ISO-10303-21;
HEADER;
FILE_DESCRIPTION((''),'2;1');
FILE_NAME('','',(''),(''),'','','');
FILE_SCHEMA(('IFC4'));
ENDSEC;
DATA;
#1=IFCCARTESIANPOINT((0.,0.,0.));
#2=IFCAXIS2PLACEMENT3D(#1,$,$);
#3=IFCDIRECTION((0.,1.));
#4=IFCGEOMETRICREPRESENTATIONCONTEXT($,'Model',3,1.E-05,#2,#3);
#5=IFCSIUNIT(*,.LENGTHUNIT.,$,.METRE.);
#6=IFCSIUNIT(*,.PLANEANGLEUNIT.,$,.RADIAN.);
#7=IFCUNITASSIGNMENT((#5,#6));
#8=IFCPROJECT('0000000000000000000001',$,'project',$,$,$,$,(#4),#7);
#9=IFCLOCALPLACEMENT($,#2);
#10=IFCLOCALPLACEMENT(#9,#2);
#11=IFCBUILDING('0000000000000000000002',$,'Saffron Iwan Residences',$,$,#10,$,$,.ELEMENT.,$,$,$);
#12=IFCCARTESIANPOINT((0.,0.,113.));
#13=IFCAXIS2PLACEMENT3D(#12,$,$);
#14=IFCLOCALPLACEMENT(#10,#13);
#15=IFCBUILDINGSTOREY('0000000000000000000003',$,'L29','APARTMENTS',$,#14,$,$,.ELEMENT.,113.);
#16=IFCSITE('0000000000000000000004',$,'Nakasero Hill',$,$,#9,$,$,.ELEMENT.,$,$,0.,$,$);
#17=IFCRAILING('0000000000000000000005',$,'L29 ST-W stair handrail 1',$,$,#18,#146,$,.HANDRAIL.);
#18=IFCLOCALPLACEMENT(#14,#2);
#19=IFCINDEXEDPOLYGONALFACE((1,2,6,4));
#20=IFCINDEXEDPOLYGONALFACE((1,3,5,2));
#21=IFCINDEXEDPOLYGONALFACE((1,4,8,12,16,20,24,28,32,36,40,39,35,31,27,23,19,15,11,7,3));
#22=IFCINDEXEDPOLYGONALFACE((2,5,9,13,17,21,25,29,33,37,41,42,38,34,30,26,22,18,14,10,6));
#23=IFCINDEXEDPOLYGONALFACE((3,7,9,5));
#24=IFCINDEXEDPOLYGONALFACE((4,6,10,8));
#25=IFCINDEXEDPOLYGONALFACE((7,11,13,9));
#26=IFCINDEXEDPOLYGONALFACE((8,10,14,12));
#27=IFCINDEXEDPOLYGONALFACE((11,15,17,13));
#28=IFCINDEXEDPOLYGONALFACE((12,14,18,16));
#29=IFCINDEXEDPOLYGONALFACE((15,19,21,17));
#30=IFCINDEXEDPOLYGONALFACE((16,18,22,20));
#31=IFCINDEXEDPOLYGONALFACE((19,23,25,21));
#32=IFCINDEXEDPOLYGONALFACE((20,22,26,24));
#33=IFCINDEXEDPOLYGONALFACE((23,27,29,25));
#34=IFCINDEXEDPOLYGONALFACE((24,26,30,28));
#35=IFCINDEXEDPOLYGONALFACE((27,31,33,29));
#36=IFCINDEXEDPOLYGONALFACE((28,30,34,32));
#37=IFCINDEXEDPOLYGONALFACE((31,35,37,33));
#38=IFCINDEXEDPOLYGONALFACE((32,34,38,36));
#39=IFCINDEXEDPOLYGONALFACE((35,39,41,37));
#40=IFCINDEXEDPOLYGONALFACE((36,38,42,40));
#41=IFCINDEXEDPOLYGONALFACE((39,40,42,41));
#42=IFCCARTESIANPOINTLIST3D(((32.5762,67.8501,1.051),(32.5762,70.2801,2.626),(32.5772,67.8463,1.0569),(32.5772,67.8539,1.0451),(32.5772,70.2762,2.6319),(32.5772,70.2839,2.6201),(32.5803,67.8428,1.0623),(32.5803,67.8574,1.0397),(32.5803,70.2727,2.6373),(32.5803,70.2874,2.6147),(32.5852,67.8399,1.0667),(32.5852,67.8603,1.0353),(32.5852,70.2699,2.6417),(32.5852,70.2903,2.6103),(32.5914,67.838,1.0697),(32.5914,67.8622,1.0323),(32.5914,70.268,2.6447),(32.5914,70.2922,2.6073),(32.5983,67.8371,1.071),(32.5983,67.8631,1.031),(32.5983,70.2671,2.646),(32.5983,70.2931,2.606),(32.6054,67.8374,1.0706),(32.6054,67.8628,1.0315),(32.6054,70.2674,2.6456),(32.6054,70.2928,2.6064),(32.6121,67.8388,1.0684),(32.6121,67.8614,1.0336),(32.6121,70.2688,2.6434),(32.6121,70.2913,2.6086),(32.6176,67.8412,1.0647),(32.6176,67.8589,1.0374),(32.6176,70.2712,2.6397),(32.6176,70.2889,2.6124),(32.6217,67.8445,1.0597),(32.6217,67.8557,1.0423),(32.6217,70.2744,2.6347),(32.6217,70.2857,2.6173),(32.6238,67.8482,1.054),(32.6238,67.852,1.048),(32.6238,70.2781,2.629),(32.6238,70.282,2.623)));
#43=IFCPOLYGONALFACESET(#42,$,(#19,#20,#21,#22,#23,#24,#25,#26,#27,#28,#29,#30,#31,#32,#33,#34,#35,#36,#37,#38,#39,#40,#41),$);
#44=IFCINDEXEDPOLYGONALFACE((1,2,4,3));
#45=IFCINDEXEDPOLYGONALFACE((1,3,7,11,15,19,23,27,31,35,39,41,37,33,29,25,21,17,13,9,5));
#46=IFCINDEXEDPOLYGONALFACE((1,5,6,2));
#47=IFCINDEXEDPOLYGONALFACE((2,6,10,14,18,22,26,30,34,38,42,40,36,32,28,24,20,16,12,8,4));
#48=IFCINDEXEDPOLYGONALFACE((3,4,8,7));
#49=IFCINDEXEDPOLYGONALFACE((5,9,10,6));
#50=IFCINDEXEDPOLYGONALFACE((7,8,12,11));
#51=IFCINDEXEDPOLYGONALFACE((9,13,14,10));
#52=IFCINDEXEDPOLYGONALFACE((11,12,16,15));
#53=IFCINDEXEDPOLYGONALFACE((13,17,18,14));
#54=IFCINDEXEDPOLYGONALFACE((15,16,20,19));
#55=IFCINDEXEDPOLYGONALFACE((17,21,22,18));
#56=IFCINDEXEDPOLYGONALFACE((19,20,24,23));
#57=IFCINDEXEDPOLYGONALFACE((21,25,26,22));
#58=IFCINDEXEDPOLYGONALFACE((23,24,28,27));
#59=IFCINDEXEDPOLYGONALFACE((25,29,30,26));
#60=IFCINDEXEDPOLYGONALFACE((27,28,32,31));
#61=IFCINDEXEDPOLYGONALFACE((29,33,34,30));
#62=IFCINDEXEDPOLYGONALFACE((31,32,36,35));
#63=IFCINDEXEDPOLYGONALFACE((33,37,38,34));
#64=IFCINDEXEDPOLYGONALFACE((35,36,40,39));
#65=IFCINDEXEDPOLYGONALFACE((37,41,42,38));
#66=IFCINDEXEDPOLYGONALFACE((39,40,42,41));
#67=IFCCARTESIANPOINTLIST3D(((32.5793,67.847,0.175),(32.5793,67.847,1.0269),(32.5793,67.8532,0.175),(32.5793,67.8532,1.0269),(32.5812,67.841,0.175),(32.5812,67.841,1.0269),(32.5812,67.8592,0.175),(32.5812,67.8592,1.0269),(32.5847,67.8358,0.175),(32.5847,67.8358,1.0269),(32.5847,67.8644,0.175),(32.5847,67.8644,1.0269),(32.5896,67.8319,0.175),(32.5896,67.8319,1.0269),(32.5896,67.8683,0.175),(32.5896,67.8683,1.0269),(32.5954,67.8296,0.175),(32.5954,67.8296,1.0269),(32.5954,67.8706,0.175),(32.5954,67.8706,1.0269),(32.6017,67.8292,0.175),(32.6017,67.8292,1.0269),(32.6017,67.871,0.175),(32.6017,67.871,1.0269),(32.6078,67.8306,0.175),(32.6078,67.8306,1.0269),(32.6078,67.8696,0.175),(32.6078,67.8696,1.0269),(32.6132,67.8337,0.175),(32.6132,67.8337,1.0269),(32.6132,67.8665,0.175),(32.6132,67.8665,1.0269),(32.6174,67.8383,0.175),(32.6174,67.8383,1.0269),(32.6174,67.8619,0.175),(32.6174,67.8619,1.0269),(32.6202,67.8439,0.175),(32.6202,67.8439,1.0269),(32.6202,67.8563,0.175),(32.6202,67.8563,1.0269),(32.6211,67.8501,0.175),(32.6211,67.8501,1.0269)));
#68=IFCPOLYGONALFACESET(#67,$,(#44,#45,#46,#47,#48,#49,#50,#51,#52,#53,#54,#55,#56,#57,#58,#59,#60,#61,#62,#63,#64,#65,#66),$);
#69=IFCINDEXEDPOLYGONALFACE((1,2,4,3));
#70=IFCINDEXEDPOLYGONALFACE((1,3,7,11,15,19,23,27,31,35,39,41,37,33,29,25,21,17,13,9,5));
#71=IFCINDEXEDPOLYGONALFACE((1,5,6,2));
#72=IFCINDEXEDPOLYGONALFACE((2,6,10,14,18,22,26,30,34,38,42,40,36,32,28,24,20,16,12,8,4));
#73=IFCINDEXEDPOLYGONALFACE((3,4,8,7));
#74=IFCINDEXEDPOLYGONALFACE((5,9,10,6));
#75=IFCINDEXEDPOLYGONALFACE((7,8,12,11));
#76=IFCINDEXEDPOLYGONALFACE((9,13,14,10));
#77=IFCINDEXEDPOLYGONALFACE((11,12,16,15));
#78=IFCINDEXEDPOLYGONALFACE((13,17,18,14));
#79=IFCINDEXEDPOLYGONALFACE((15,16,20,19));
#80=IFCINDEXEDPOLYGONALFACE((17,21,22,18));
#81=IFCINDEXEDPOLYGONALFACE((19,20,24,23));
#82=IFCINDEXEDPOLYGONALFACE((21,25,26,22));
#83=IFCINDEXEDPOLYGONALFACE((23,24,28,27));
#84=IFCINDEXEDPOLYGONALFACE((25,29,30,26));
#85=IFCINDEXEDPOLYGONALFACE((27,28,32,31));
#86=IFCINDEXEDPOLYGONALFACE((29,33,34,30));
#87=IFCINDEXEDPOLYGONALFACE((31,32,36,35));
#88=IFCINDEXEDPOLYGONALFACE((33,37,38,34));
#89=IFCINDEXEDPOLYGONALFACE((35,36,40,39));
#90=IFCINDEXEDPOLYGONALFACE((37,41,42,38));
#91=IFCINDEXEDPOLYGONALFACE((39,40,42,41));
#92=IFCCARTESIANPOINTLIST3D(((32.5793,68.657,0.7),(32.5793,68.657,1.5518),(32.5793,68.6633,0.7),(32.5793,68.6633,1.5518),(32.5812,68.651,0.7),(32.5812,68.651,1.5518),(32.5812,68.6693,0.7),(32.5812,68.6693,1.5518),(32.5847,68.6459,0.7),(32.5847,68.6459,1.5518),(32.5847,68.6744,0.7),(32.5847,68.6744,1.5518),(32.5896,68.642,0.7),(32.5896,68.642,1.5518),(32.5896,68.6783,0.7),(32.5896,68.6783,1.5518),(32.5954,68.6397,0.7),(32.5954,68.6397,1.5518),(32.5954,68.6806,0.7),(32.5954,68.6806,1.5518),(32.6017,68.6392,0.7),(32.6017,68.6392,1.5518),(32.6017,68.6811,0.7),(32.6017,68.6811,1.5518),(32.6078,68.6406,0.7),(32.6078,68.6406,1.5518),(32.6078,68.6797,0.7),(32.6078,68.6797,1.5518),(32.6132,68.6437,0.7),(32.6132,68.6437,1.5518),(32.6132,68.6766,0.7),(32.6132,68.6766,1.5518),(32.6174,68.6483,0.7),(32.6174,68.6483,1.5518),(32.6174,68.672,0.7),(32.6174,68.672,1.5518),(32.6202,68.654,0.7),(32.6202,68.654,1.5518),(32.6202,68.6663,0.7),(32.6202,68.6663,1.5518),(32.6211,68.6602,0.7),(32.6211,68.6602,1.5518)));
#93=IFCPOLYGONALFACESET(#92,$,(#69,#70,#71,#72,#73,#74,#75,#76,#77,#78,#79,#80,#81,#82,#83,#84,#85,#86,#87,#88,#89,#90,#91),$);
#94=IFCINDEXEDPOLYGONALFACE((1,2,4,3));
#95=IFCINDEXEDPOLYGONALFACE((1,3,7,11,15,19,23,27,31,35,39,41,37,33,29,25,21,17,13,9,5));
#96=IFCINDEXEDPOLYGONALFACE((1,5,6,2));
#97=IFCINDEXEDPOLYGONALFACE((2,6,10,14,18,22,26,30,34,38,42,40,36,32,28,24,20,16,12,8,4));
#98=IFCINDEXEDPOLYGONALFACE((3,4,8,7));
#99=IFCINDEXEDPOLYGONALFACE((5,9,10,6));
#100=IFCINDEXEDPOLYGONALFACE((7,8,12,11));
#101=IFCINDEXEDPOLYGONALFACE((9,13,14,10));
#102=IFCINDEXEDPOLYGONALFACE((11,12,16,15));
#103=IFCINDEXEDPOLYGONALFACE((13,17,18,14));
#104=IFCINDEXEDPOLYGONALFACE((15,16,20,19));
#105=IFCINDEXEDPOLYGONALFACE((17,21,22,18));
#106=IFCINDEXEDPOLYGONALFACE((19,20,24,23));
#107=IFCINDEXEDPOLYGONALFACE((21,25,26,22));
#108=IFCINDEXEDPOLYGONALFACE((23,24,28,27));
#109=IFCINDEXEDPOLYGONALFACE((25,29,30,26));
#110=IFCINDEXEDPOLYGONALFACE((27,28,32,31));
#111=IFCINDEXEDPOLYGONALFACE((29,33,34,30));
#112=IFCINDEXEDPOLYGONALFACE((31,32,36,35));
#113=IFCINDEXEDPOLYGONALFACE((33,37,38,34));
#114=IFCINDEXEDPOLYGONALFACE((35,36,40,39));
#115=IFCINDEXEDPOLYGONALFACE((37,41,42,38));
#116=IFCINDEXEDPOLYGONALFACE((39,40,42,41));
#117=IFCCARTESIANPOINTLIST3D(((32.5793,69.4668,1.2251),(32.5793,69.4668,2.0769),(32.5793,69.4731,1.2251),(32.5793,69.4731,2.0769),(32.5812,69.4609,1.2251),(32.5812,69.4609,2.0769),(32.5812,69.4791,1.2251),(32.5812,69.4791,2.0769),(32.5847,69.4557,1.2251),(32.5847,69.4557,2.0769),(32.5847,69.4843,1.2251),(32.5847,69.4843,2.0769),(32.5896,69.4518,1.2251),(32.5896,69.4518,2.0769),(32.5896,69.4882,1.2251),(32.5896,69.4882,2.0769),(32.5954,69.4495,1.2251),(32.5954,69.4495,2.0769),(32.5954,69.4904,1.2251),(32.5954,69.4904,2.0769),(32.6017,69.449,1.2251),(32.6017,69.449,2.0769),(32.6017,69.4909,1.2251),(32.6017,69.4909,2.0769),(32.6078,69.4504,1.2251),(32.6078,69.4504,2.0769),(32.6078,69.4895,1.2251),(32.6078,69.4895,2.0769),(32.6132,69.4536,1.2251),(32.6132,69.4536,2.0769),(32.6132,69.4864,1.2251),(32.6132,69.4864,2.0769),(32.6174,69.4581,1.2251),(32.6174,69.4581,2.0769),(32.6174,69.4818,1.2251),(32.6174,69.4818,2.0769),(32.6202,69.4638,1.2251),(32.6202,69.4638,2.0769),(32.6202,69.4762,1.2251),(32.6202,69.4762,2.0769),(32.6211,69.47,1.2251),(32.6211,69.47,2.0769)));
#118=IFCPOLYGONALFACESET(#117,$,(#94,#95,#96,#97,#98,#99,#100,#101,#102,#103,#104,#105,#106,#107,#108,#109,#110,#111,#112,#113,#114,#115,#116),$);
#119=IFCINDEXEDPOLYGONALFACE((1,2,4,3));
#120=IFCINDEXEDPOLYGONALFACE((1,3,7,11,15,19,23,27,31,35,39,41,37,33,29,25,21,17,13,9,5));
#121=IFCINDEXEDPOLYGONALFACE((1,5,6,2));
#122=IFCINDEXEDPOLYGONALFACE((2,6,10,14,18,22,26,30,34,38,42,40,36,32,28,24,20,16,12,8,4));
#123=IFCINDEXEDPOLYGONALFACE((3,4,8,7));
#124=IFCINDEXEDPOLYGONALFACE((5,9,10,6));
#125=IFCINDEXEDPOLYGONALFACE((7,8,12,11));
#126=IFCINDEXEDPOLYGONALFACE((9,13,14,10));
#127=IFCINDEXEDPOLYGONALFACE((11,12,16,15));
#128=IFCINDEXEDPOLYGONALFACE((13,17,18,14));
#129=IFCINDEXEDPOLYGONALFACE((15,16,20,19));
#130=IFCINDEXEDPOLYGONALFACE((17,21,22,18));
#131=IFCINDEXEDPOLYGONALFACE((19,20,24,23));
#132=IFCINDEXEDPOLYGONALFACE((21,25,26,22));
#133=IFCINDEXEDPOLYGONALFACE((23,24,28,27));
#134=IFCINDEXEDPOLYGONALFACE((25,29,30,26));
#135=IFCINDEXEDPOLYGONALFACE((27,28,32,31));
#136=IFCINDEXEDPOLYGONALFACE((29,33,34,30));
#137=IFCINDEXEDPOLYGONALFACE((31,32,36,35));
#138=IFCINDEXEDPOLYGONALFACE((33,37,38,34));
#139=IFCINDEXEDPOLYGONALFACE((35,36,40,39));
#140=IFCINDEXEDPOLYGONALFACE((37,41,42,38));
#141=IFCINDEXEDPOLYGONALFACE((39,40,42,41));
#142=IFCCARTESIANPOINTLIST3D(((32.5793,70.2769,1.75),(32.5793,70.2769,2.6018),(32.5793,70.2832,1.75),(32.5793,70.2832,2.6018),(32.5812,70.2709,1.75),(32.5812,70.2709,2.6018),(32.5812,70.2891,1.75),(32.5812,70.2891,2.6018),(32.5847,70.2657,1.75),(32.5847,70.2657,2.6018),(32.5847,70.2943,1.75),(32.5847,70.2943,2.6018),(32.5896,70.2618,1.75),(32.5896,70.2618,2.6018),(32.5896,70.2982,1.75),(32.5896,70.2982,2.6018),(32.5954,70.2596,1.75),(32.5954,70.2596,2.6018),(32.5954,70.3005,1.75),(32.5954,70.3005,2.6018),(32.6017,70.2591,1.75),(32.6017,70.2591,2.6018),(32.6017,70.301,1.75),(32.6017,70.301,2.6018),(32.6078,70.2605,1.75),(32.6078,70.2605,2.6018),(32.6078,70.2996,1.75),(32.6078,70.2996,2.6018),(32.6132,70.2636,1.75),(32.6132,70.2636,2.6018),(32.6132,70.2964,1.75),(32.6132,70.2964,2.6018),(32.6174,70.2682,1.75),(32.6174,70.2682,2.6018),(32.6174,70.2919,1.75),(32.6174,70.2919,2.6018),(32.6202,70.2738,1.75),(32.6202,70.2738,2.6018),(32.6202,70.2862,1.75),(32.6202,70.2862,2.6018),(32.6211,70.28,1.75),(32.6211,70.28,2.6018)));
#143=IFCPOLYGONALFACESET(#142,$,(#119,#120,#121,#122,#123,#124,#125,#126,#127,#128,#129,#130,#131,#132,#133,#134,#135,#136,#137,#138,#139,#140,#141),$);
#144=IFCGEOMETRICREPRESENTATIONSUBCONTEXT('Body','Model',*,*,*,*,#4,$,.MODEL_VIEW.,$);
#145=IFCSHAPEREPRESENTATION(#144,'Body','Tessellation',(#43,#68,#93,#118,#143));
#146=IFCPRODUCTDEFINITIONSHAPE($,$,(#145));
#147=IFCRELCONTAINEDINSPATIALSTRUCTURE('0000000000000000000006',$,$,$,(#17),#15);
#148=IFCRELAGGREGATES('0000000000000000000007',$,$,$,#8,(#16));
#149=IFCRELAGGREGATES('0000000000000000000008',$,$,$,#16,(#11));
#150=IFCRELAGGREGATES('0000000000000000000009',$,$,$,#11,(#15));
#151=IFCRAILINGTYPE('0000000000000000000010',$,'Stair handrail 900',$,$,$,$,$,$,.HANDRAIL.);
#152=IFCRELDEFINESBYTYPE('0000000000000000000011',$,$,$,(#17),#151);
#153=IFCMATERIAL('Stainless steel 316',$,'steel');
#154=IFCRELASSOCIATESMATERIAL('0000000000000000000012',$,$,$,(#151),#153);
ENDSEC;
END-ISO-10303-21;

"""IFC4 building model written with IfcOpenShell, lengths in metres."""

from ifc_helpers import new_model, si_unit, direction, frame, origin, origin_2d, place, context, subcontext, project, spatial, circle, extrude, material, type_object, element, save


model = new_model("IFC4")

# Units and contexts
model_context = context("Model", 3, precision=1e-05, world=origin(), true_north=direction((0.0, 1.0)))
body_context = subcontext(model_context, "Body", "Model", "MODEL_VIEW")
ifc_project = project(units=[si_unit("LENGTHUNIT", "METRE"), si_unit("PLANEANGLEUNIT", "RADIAN")], contexts=[model_context])

# Site, building, storey
site_placement = place(None, origin())
site = spatial("IfcSite", under=ifc_project, at=site_placement, Name="Nakasero Hill", CompositionType="ELEMENT", RefElevation=0.0)
building_placement = place(site_placement, origin())
building = spatial("IfcBuilding", under=site, at=building_placement, Name="Saffron Iwan Residences", CompositionType="ELEMENT")
storey_placement = place(building_placement, frame((0.0, 0.0, 113.0)))
storey = spatial("IfcBuildingStorey", under=building, at=storey_placement, Name="L29", Description="APARTMENTS", CompositionType="ELEMENT", Elevation=113.0)

# Railing
ifc_material_1 = material(Name="Stainless steel 316", Category="steel")
railing_type = type_object("IfcRailingType", Name="Stair handrail 900", PredefinedType="HANDRAIL", material=ifc_material_1)
railing_placement = place(storey_placement, frame((32.6001, 67.8501, 0.175)))
element("IfcRailing", 1, at=railing_placement, inside=storey, type_object=railing_type, Name="L29 ST-W stair handrail 1", PredefinedType="HANDRAIL", context=body_context, shape_type="SweptSolid", body=[
    extrude(circle(Radius=0.0239, at=origin_2d()), frame((0.0, 0.0, 0.876), z_axis=(0.0, 0.839154, 0.543894), x_axis=(-1.0, 0.0, 0.0)), (0.0, 0.0, 1.0), 2.8958),
    extrude(circle(Radius=0.021, at=origin_2d()), origin(), (0.0, 0.0, 1.0), 0.8518),
    extrude(circle(Radius=0.021, at=origin_2d()), frame((0.0, 0.8101, 0.5249)), (0.0, 0.0, 1.0), 0.8518),
    extrude(circle(Radius=0.021, at=origin_2d()), frame((0.0, 1.6199, 1.05)), (0.0, 0.0, 1.0), 0.8518),
    extrude(circle(Radius=0.021, at=origin_2d()), frame((0.0, 2.4299, 1.575)), (0.0, 0.0, 1.0), 0.8518),
])

save(model, "model.ifc")
